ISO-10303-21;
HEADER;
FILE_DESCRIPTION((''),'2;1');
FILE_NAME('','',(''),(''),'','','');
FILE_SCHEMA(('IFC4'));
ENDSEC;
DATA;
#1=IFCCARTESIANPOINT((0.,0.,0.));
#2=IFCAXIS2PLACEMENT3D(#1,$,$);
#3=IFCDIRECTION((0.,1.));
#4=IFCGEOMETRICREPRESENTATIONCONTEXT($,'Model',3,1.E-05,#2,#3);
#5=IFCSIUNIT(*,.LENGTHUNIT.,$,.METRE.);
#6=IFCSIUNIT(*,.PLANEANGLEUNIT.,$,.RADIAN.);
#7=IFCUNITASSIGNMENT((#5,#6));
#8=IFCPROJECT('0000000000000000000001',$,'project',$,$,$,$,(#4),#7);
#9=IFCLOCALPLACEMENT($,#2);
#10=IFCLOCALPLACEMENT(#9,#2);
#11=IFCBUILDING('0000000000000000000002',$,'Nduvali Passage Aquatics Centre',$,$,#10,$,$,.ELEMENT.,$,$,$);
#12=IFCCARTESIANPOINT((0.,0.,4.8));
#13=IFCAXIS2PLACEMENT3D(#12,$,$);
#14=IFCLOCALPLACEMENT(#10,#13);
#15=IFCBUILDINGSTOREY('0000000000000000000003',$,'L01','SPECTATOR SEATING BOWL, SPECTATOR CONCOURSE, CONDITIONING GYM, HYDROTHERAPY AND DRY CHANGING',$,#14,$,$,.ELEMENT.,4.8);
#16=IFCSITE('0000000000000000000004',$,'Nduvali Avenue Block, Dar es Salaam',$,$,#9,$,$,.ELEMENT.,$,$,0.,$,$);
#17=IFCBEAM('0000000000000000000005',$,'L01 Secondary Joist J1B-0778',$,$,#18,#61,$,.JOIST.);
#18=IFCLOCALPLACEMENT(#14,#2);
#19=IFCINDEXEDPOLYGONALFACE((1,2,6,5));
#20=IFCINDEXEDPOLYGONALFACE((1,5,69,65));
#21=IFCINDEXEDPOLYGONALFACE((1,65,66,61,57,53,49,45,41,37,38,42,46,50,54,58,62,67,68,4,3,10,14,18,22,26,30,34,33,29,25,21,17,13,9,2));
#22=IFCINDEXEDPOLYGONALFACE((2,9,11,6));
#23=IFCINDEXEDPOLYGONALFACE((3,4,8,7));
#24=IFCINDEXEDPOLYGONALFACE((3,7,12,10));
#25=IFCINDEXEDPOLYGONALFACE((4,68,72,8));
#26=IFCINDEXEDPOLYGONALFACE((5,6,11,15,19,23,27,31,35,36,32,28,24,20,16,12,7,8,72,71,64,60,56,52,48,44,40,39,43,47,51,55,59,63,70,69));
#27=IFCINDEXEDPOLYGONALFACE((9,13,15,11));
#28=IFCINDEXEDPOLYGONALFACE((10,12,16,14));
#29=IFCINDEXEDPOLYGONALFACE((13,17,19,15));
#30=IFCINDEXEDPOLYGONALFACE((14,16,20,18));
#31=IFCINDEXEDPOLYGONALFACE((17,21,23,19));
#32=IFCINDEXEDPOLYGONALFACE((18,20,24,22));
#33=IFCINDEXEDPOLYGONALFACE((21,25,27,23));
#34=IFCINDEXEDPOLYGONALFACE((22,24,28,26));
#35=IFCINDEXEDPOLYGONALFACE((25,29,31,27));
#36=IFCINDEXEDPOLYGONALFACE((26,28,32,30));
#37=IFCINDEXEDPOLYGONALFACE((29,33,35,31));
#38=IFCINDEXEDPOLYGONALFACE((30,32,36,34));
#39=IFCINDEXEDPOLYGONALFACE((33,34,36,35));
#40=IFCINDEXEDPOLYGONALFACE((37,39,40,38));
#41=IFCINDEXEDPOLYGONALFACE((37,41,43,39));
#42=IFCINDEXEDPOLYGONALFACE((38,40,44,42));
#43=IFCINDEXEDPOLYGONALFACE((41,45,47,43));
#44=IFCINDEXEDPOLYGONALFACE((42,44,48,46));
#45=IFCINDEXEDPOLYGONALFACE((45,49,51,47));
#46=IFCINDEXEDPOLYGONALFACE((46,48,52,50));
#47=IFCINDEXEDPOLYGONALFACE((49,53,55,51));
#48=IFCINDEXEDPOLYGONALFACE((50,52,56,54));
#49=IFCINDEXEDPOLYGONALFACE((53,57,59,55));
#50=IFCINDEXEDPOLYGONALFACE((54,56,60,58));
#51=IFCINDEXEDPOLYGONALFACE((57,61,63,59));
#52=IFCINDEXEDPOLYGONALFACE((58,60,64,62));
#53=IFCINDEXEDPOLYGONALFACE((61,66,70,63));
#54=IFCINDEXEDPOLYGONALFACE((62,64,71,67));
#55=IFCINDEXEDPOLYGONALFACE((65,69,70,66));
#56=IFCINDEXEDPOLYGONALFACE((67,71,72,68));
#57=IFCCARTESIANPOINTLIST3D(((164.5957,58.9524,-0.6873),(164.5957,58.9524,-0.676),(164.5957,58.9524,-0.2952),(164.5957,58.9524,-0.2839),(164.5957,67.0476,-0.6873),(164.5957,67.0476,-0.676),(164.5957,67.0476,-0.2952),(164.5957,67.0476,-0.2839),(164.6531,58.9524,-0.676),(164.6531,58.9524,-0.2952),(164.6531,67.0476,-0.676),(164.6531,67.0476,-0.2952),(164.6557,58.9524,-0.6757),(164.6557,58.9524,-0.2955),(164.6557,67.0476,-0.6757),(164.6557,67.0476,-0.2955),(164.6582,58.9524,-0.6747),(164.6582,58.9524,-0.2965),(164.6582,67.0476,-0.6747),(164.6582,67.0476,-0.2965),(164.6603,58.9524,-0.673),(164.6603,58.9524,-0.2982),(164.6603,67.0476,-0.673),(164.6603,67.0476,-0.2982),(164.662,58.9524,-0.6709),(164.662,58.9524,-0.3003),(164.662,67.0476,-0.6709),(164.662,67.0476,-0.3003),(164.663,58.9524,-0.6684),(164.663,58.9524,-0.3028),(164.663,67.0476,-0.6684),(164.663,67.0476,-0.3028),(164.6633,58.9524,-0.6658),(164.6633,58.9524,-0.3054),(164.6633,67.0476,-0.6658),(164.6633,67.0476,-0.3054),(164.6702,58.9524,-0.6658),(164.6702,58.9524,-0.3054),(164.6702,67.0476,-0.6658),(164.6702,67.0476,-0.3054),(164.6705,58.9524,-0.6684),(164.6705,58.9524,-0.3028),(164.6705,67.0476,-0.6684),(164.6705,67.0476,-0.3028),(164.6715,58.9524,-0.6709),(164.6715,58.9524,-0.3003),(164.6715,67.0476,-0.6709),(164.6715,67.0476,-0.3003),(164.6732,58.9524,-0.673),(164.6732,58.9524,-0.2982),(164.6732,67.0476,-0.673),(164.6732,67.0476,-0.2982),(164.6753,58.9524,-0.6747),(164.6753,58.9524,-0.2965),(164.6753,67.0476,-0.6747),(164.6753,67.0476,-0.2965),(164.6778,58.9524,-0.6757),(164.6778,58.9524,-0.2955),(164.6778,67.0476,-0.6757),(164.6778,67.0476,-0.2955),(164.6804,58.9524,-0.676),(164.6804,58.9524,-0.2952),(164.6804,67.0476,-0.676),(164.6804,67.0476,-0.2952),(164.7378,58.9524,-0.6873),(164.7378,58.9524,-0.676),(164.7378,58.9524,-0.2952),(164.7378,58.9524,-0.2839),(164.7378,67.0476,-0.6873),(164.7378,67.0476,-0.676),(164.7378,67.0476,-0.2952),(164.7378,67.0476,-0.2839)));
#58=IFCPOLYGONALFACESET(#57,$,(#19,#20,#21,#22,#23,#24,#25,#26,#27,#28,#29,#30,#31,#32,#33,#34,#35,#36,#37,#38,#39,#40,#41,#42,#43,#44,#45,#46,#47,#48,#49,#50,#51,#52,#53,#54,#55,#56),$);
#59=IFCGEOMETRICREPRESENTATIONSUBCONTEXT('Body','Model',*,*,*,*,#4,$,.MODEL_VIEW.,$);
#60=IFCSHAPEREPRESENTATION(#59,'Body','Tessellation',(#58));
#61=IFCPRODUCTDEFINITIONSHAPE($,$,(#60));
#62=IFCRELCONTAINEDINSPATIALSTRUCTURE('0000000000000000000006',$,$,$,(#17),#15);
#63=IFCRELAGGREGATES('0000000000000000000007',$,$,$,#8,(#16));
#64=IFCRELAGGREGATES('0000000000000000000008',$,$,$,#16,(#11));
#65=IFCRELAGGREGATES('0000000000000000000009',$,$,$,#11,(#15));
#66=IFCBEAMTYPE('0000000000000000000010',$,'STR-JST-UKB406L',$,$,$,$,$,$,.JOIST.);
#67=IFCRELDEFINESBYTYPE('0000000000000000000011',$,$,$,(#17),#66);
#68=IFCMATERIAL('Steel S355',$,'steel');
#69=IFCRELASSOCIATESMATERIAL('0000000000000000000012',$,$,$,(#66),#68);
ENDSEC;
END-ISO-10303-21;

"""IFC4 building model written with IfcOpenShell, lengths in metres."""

from ifc_helpers import new_model, si_unit, direction, frame, origin, origin_2d, place, context, subcontext, project, spatial, i_section, extrude, material, material_profile, profile_set, type_object, element, save


model = new_model("IFC4")

# Units and contexts
model_context = context("Model", 3, precision=1e-05, world=origin(), true_north=direction((0.0, 1.0)))
body_context = subcontext(model_context, "Body", "Model", "MODEL_VIEW")
ifc_project = project(units=[si_unit("LENGTHUNIT", "METRE"), si_unit("PLANEANGLEUNIT", "RADIAN")], contexts=[model_context])

# Site, building, storey
site_placement = place(None, origin())
site = spatial("IfcSite", under=ifc_project, at=site_placement, Name="Nduvali Avenue Block, Dar es Salaam", CompositionType="ELEMENT", RefElevation=0.0)
building_placement = place(site_placement, origin())
building = spatial("IfcBuilding", under=site, at=building_placement, Name="Nduvali Passage Aquatics Centre", CompositionType="ELEMENT")
storey_placement = place(building_placement, frame((0.0, 0.0, 4.8)))
storey = spatial("IfcBuildingStorey", under=building, at=storey_placement, Name="L01", Description="SPECTATOR SEATING BOWL, SPECTATOR CONCOURSE, CONDITIONING GYM, HYDROTHERAPY AND DRY CHANGING", CompositionType="ELEMENT", Elevation=4.8)

# Shared definitions
ifc_material_1 = material(Name="Steel S355", Category="steel")

# Beam
ifc_material_profile_1 = material_profile(ifc_material_1, i_section(OverallWidth=0.1421, OverallDepth=0.4033, WebThickness=0.0068, FlangeThickness=0.0112, FilletRadius=0.0103, at=origin_2d()), Name="UKB 406x140x46")
ifc_profile_set_1 = profile_set([ifc_material_profile_1], Name="Steel S355")
beam_type_1 = type_object("IfcBeamType", Name="STR-JST-UKB406L", PredefinedType="JOIST", material=ifc_profile_set_1)
for number, where, z_axis, x_axis, name in (
    (1, (164.6667, 58.9524, -0.4856), (0.0, 1.0, 0.0), (-1.0, 0.0, 0.0), "L01 Secondary Joist J1B-0778"),
):
    element("IfcBeam", number, at=place(storey_placement, frame(where, z_axis=z_axis, x_axis=x_axis)), inside=storey, type_object=beam_type_1, Name=name, PredefinedType="JOIST", context=body_context, shape_type="SweptSolid", body=[
        extrude(i_section(OverallWidth=0.1421, OverallDepth=0.4033, WebThickness=0.0068, FlangeThickness=0.0112, FilletRadius=0.0103, at=origin_2d()), origin(), (0.0, 0.0, 1.0), 8.0952),
    ])

save(model, "model.ifc")
